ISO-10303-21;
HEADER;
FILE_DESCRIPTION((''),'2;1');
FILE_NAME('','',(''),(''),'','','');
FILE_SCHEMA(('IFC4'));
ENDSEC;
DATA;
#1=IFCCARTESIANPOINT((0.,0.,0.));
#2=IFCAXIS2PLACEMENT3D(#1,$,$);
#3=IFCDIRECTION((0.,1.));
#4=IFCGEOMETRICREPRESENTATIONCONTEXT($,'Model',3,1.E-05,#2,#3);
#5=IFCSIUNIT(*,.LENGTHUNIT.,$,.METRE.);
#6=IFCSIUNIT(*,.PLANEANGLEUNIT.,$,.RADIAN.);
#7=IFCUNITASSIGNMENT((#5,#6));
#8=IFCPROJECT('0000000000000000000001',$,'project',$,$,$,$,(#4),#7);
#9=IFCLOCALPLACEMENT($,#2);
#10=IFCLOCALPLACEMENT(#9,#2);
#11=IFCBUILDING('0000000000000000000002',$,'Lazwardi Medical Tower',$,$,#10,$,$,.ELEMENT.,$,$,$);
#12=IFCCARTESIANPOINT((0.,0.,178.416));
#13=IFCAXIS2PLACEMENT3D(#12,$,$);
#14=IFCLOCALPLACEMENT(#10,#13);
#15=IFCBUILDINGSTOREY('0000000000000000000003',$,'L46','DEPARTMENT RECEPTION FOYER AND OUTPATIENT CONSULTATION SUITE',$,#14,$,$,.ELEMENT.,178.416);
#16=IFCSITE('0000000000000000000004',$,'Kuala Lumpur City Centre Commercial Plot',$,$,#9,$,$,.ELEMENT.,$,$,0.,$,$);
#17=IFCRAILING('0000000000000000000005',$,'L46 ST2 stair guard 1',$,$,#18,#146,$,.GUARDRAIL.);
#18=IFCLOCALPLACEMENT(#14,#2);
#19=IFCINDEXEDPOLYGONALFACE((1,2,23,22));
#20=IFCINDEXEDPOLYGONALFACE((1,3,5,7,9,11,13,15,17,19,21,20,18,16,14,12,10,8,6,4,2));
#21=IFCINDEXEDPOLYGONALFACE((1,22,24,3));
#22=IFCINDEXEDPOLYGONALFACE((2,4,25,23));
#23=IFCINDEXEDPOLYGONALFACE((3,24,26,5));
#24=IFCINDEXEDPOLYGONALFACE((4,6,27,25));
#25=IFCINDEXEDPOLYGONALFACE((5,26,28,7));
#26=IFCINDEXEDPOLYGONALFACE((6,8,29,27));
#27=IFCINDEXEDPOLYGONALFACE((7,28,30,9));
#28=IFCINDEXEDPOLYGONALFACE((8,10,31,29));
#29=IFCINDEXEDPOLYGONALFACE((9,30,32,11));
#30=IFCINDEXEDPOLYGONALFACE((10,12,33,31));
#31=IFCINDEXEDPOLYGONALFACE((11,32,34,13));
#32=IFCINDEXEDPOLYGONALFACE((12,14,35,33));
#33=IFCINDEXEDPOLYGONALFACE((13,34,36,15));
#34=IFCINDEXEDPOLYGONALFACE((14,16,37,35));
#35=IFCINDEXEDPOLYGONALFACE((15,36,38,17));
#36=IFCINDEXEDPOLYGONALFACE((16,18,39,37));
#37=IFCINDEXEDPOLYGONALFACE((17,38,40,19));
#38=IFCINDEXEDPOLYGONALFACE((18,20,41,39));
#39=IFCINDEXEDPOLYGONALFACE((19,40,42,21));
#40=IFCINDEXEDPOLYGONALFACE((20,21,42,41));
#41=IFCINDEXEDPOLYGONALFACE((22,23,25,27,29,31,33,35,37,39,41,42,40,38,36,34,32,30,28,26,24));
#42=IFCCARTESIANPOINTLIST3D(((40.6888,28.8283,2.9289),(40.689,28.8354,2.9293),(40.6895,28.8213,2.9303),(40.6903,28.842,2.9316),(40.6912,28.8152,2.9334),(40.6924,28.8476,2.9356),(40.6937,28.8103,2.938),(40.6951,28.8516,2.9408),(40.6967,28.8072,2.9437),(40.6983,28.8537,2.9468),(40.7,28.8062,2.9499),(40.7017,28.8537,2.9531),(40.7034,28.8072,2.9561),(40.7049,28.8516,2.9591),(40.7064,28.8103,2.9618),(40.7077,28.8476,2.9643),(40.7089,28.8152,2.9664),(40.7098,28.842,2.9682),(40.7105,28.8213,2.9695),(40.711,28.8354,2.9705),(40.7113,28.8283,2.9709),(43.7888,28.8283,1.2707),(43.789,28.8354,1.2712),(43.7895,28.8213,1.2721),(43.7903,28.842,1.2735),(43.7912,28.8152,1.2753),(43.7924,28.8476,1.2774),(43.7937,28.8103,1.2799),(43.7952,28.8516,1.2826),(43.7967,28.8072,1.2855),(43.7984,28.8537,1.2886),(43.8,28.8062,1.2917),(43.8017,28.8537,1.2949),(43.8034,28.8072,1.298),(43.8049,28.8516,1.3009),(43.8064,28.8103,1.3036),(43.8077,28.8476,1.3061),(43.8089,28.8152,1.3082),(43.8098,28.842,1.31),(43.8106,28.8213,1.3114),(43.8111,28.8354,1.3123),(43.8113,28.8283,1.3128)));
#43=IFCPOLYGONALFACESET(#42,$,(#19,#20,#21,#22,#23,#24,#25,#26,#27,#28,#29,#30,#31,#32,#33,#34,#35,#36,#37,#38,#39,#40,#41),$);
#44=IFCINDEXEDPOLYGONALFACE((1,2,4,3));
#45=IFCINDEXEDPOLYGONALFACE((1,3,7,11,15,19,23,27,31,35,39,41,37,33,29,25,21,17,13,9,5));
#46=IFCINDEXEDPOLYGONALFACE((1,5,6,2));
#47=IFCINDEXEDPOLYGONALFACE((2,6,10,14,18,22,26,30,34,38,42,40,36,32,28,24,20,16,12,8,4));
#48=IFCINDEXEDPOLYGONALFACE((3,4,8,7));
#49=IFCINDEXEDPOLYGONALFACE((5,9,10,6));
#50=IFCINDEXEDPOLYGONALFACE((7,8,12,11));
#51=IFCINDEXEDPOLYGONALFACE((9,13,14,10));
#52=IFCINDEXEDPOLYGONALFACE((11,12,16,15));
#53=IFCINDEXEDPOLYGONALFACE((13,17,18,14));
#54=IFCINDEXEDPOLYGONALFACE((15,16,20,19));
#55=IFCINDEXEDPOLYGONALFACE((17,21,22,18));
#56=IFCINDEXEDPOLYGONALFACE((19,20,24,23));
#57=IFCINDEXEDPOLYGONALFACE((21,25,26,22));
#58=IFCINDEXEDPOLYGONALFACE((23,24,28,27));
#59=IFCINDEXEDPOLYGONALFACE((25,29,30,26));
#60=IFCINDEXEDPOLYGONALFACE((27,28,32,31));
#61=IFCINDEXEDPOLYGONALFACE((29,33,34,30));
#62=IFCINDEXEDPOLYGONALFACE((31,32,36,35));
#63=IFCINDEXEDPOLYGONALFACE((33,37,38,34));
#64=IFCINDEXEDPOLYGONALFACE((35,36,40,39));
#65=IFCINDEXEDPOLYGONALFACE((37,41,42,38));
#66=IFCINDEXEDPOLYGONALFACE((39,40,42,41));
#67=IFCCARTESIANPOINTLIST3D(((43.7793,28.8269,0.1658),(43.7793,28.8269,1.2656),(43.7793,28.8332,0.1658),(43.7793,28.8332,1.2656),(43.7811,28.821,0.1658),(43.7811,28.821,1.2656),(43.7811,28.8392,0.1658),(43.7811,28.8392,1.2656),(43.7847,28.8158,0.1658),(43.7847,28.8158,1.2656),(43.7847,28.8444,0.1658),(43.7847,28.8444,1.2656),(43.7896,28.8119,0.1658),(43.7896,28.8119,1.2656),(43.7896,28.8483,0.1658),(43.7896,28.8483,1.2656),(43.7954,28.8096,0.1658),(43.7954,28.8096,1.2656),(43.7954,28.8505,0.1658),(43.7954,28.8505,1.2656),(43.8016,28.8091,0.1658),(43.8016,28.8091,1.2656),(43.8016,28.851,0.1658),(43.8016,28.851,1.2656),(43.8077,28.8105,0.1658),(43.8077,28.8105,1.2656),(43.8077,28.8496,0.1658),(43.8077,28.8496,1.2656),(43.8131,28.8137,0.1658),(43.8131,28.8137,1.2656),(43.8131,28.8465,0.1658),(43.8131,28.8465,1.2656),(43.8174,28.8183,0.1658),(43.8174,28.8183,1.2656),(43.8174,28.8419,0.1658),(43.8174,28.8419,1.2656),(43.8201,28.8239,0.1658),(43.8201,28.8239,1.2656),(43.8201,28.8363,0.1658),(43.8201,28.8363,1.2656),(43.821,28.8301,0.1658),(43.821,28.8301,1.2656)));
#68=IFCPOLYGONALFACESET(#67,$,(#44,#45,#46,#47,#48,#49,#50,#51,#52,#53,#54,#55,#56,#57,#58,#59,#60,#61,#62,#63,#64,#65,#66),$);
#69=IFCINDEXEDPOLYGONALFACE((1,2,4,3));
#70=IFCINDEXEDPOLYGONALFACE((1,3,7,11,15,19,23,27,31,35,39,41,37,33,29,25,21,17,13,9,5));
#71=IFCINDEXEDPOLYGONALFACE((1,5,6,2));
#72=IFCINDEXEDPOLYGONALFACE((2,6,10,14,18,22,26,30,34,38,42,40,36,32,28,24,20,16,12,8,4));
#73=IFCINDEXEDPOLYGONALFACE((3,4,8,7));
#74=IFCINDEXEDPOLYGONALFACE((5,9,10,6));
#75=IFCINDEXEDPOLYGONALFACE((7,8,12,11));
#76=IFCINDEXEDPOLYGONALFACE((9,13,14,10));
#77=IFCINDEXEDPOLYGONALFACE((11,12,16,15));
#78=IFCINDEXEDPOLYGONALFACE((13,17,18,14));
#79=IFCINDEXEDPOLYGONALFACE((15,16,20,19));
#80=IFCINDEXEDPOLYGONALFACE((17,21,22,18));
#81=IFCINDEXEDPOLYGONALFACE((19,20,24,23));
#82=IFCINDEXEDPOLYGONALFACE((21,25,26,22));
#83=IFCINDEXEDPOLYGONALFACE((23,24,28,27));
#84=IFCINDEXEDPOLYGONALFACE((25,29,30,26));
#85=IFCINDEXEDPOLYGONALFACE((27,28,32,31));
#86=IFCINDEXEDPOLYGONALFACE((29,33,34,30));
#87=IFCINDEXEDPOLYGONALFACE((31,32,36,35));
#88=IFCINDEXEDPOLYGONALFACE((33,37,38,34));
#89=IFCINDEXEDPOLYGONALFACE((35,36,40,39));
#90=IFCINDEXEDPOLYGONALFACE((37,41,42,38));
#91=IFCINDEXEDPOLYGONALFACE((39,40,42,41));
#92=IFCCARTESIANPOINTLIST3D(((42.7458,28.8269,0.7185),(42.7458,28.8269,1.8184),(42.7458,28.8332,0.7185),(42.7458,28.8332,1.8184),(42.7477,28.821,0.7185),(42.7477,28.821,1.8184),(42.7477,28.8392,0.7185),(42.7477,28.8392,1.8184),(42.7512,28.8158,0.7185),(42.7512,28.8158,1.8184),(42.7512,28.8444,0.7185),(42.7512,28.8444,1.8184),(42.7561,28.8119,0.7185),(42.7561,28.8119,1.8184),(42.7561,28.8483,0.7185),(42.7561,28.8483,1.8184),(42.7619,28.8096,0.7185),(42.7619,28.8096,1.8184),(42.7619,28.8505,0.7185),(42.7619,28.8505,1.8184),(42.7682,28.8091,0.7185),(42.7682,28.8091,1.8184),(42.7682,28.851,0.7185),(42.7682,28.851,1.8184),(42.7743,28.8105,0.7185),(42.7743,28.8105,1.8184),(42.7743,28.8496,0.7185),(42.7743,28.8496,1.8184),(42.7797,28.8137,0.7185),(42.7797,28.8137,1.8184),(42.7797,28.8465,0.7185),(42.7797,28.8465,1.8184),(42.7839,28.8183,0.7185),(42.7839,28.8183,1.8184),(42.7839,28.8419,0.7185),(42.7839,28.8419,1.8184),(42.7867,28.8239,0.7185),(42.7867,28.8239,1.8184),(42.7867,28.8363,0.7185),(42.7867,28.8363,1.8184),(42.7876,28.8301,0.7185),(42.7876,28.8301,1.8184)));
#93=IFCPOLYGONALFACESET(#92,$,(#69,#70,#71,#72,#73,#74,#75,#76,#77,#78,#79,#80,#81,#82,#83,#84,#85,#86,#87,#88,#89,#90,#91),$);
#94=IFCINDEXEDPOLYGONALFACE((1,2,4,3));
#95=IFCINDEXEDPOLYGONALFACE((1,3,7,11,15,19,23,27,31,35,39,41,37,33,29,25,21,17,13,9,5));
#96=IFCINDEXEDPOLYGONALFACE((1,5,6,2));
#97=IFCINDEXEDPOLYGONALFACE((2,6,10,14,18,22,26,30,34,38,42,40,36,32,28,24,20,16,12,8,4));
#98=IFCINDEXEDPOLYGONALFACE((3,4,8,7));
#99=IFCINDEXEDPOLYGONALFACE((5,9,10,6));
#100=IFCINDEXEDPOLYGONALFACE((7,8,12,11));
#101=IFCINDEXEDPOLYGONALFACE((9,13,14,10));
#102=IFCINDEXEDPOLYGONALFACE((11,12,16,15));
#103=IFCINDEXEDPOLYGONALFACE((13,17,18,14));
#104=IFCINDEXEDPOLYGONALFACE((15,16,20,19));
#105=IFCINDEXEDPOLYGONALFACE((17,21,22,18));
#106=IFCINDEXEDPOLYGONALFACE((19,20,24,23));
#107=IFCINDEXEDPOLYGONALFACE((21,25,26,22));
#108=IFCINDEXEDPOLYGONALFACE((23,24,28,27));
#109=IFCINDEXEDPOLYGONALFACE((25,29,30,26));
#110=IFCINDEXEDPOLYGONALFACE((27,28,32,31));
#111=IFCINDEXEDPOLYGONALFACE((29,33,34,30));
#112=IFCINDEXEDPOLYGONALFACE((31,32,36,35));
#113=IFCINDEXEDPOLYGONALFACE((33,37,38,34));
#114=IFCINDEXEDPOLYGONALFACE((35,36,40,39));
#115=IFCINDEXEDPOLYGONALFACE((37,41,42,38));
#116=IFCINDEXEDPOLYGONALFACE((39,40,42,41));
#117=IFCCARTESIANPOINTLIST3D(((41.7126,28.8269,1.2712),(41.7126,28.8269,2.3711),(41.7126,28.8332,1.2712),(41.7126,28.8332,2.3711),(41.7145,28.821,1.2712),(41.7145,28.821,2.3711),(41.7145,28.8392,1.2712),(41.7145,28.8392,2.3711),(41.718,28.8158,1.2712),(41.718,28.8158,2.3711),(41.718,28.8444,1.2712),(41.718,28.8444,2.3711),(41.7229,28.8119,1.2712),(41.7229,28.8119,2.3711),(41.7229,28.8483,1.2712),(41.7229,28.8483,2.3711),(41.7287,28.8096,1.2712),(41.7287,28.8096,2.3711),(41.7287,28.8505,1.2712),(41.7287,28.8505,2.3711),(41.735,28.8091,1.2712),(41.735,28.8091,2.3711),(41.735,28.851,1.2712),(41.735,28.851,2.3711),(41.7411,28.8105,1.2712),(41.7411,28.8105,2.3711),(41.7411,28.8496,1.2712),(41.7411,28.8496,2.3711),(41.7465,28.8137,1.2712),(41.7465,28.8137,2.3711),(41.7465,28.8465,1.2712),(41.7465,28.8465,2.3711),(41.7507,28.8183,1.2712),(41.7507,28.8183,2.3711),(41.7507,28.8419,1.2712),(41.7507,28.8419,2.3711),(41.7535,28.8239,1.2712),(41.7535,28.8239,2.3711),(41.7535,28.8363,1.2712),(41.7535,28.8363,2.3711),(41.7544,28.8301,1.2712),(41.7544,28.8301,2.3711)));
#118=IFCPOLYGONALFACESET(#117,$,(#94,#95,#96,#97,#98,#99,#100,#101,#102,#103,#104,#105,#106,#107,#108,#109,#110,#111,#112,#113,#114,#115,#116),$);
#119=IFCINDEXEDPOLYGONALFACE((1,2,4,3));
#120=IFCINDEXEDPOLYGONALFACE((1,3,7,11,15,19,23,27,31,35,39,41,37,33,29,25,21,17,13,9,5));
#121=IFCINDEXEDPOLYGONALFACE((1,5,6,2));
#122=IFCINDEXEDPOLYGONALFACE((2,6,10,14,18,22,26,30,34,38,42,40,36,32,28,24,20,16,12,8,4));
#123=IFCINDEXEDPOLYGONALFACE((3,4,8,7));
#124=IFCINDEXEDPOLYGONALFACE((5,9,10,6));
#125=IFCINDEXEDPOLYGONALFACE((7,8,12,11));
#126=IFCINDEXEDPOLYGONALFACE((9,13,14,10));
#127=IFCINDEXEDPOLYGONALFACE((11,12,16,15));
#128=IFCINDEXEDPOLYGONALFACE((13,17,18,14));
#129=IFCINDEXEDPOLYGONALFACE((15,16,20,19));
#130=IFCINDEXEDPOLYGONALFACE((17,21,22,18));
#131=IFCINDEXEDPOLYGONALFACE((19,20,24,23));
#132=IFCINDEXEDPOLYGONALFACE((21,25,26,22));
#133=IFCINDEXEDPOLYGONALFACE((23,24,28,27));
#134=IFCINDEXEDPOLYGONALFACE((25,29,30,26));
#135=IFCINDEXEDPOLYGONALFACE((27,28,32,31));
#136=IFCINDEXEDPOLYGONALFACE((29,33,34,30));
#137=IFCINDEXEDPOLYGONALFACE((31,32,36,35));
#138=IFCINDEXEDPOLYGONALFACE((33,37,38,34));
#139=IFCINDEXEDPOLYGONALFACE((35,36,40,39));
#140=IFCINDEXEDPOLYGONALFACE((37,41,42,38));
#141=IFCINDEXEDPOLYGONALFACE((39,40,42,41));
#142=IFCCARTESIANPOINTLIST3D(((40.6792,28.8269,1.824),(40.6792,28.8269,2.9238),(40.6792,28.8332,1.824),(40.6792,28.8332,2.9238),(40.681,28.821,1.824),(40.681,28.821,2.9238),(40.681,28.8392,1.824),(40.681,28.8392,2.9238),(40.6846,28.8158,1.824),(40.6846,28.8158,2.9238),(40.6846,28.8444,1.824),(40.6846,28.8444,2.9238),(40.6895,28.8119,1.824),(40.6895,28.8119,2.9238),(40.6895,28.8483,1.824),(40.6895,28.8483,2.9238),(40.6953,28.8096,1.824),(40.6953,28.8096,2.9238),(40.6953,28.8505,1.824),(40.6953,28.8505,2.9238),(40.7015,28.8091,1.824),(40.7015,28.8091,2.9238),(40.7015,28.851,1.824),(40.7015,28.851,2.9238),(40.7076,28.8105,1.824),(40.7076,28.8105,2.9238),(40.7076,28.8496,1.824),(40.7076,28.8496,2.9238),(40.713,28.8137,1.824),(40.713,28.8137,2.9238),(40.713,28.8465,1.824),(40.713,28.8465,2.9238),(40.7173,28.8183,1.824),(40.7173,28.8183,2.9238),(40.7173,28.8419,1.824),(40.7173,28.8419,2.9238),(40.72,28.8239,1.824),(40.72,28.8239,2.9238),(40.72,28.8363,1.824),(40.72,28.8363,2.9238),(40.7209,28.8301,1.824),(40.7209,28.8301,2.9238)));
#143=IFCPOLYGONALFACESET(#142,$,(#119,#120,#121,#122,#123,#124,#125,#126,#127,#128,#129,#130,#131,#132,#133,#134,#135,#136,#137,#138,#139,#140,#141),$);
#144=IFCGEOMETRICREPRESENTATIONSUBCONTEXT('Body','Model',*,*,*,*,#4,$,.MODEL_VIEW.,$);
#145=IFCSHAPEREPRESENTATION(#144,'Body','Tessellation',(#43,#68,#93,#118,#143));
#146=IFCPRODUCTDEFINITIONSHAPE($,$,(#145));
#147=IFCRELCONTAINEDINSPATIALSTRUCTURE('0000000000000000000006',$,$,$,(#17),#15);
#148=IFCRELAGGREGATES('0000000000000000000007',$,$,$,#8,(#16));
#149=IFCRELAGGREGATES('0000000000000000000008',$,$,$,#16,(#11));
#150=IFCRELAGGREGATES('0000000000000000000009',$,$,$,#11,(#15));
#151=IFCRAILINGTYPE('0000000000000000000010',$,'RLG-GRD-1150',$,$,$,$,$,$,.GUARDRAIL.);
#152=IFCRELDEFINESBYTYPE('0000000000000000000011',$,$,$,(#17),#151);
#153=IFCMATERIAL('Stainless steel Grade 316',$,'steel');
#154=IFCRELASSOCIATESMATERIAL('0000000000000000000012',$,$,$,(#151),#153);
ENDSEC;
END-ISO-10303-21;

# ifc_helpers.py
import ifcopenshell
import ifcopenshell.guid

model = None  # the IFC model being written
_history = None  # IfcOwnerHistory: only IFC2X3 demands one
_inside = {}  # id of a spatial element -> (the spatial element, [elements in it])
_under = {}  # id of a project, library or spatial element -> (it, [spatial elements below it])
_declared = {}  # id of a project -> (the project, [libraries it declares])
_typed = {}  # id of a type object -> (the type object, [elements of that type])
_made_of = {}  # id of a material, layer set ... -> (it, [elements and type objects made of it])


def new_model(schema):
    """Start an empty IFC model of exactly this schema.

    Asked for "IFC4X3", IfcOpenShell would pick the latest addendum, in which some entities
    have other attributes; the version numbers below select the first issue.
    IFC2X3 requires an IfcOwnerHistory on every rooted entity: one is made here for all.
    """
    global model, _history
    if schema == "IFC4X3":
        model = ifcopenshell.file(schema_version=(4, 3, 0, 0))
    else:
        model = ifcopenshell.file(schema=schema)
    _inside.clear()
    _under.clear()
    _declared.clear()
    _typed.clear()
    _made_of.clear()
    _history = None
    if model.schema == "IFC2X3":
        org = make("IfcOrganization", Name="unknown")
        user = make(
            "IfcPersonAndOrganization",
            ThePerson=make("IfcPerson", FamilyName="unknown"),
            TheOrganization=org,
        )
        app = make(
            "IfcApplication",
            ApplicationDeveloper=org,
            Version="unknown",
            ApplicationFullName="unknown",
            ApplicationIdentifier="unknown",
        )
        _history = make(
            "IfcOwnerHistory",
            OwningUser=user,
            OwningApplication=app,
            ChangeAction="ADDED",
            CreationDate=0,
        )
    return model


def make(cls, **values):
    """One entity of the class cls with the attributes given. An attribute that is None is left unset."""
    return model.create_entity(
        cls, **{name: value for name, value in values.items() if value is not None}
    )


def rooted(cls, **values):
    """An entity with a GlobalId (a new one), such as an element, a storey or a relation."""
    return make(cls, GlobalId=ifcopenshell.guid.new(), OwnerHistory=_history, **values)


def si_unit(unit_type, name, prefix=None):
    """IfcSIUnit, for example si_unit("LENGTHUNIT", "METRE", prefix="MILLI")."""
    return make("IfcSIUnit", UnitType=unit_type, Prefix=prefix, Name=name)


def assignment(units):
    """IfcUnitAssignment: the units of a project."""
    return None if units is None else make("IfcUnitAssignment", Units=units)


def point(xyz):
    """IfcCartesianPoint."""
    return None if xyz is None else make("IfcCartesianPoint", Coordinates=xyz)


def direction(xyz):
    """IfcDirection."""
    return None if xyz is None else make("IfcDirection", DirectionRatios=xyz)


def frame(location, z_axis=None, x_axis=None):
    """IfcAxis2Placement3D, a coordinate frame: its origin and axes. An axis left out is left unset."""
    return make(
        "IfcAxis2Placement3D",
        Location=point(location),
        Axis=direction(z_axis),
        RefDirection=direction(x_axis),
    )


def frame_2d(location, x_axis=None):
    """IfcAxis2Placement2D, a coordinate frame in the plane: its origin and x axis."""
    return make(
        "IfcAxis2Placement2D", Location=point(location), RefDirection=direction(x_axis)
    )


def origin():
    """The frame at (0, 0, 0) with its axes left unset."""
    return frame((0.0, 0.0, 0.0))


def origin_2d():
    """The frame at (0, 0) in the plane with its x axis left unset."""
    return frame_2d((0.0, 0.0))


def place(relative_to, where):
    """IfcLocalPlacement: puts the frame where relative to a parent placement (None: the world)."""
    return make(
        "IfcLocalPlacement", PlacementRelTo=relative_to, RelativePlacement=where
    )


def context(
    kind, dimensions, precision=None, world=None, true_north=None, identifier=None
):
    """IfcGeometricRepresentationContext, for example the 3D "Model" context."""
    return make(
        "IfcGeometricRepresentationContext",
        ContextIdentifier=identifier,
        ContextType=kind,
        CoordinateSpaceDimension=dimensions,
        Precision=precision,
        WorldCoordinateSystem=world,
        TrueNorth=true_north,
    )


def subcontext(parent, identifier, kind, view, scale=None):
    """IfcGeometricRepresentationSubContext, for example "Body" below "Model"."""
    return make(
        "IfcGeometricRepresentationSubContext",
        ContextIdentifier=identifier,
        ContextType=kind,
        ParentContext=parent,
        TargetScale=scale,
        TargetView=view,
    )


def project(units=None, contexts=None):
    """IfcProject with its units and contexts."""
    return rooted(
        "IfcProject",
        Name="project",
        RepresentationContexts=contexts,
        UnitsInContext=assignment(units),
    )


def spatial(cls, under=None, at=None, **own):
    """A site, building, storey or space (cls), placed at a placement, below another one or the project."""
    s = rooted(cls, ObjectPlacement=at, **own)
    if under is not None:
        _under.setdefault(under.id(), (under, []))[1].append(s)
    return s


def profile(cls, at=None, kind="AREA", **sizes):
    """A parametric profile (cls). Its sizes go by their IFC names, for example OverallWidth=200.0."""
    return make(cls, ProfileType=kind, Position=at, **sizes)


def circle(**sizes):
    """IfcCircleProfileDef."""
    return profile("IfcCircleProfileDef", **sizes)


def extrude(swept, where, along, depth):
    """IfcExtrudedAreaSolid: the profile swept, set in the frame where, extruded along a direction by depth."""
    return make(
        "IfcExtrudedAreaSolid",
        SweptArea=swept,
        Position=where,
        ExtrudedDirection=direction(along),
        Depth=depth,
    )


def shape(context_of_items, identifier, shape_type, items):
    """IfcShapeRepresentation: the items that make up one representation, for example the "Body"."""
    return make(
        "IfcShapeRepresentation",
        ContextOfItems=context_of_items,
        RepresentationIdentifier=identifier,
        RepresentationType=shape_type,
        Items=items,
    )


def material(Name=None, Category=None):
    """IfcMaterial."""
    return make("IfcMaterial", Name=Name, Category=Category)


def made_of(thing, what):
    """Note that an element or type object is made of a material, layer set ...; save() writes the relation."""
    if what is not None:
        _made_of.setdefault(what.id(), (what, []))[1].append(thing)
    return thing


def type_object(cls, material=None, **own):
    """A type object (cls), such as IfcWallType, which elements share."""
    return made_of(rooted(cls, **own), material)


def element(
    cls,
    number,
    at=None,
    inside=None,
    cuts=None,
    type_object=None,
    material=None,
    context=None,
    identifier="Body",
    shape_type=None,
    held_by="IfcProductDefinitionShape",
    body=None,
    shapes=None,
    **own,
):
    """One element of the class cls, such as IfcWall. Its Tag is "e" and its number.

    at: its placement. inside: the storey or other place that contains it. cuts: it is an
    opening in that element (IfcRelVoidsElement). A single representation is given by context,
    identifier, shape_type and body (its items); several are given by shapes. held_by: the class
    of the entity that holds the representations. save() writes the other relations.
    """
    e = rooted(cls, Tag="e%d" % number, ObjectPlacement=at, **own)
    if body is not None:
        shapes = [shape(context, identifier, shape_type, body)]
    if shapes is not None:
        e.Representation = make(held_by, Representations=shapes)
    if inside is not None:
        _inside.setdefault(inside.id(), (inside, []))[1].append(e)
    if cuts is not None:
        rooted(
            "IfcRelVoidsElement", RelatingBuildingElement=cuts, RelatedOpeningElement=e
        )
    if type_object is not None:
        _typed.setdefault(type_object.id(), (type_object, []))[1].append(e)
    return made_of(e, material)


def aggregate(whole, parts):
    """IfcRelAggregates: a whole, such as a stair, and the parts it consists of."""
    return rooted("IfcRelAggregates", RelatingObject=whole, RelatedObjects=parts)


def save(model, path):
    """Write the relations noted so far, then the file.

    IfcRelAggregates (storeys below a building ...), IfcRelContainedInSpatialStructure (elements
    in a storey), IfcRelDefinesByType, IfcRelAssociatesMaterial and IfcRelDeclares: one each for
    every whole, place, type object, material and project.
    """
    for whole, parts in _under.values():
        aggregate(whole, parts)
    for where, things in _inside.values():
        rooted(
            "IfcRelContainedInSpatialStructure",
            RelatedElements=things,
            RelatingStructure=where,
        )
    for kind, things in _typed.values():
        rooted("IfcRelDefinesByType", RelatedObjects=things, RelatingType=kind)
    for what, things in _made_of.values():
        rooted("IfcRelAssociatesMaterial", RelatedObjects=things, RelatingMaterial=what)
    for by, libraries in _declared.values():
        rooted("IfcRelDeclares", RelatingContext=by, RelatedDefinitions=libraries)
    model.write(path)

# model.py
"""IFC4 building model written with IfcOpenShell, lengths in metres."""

from ifc_helpers import new_model, si_unit, direction, frame, origin, origin_2d, place, context, subcontext, project, spatial, circle, extrude, material, type_object, element, save


model = new_model("IFC4")

# Units and contexts
model_context = context("Model", 3, precision=1e-05, world=origin(), true_north=direction((0.0, 1.0)))
body_context = subcontext(model_context, "Body", "Model", "MODEL_VIEW")
ifc_project = project(units=[si_unit("LENGTHUNIT", "METRE"), si_unit("PLANEANGLEUNIT", "RADIAN")], contexts=[model_context])

# Site, building, storey
site_placement = place(None, origin())
site = spatial("IfcSite", under=ifc_project, at=site_placement, Name="Kuala Lumpur City Centre Commercial Plot", CompositionType="ELEMENT", RefElevation=0.0)
building_placement = place(site_placement, origin())
building = spatial("IfcBuilding", under=site, at=building_placement, Name="Lazwardi Medical Tower", CompositionType="ELEMENT")
storey_placement = place(building_placement, frame((0.0, 0.0, 178.416)))
storey = spatial("IfcBuildingStorey", under=building, at=storey_placement, Name="L46", Description="DEPARTMENT RECEPTION FOYER AND OUTPATIENT CONSULTATION SUITE", CompositionType="ELEMENT", Elevation=178.416)

# Railing
ifc_material_1 = material(Name="Stainless steel Grade 316", Category="steel")
railing_type_1 = type_object("IfcRailingType", Name="RLG-GRD-1150", PredefinedType="GUARDRAIL", material=ifc_material_1)
railing_1_placement = place(storey_placement, frame((43.8, 28.8301, 0.1658)))
element("IfcRailing", 1, at=railing_1_placement, inside=storey, type_object=railing_type_1, Name="L46 ST2 stair guard 1", PredefinedType="GUARDRAIL", context=body_context, shape_type="SweptSolid", body=[
    extrude(circle(Radius=0.0239, at=origin_2d()), frame((0.0, 0.0, 1.126), z_axis=(-0.881783, 0.0, 0.471655), x_axis=(0.0, -1.0, 0.0)), (0.0, 0.0, 1.0), 3.5156),
    extrude(circle(Radius=0.021, at=origin_2d()), origin(), (0.0, 0.0, 1.0), 1.0999),
    extrude(circle(Radius=0.021, at=origin_2d()), frame((-1.0334, 0.0, 0.5527)), (0.0, 0.0, 1.0), 1.0999),
    extrude(circle(Radius=0.021, at=origin_2d()), frame((-2.0667, 0.0, 1.1055)), (0.0, 0.0, 1.0), 1.0999),
    extrude(circle(Radius=0.021, at=origin_2d()), frame((-3.1001, 0.0, 1.6582)), (0.0, 0.0, 1.0), 1.0999),
])

save(model, "model.ifc")
